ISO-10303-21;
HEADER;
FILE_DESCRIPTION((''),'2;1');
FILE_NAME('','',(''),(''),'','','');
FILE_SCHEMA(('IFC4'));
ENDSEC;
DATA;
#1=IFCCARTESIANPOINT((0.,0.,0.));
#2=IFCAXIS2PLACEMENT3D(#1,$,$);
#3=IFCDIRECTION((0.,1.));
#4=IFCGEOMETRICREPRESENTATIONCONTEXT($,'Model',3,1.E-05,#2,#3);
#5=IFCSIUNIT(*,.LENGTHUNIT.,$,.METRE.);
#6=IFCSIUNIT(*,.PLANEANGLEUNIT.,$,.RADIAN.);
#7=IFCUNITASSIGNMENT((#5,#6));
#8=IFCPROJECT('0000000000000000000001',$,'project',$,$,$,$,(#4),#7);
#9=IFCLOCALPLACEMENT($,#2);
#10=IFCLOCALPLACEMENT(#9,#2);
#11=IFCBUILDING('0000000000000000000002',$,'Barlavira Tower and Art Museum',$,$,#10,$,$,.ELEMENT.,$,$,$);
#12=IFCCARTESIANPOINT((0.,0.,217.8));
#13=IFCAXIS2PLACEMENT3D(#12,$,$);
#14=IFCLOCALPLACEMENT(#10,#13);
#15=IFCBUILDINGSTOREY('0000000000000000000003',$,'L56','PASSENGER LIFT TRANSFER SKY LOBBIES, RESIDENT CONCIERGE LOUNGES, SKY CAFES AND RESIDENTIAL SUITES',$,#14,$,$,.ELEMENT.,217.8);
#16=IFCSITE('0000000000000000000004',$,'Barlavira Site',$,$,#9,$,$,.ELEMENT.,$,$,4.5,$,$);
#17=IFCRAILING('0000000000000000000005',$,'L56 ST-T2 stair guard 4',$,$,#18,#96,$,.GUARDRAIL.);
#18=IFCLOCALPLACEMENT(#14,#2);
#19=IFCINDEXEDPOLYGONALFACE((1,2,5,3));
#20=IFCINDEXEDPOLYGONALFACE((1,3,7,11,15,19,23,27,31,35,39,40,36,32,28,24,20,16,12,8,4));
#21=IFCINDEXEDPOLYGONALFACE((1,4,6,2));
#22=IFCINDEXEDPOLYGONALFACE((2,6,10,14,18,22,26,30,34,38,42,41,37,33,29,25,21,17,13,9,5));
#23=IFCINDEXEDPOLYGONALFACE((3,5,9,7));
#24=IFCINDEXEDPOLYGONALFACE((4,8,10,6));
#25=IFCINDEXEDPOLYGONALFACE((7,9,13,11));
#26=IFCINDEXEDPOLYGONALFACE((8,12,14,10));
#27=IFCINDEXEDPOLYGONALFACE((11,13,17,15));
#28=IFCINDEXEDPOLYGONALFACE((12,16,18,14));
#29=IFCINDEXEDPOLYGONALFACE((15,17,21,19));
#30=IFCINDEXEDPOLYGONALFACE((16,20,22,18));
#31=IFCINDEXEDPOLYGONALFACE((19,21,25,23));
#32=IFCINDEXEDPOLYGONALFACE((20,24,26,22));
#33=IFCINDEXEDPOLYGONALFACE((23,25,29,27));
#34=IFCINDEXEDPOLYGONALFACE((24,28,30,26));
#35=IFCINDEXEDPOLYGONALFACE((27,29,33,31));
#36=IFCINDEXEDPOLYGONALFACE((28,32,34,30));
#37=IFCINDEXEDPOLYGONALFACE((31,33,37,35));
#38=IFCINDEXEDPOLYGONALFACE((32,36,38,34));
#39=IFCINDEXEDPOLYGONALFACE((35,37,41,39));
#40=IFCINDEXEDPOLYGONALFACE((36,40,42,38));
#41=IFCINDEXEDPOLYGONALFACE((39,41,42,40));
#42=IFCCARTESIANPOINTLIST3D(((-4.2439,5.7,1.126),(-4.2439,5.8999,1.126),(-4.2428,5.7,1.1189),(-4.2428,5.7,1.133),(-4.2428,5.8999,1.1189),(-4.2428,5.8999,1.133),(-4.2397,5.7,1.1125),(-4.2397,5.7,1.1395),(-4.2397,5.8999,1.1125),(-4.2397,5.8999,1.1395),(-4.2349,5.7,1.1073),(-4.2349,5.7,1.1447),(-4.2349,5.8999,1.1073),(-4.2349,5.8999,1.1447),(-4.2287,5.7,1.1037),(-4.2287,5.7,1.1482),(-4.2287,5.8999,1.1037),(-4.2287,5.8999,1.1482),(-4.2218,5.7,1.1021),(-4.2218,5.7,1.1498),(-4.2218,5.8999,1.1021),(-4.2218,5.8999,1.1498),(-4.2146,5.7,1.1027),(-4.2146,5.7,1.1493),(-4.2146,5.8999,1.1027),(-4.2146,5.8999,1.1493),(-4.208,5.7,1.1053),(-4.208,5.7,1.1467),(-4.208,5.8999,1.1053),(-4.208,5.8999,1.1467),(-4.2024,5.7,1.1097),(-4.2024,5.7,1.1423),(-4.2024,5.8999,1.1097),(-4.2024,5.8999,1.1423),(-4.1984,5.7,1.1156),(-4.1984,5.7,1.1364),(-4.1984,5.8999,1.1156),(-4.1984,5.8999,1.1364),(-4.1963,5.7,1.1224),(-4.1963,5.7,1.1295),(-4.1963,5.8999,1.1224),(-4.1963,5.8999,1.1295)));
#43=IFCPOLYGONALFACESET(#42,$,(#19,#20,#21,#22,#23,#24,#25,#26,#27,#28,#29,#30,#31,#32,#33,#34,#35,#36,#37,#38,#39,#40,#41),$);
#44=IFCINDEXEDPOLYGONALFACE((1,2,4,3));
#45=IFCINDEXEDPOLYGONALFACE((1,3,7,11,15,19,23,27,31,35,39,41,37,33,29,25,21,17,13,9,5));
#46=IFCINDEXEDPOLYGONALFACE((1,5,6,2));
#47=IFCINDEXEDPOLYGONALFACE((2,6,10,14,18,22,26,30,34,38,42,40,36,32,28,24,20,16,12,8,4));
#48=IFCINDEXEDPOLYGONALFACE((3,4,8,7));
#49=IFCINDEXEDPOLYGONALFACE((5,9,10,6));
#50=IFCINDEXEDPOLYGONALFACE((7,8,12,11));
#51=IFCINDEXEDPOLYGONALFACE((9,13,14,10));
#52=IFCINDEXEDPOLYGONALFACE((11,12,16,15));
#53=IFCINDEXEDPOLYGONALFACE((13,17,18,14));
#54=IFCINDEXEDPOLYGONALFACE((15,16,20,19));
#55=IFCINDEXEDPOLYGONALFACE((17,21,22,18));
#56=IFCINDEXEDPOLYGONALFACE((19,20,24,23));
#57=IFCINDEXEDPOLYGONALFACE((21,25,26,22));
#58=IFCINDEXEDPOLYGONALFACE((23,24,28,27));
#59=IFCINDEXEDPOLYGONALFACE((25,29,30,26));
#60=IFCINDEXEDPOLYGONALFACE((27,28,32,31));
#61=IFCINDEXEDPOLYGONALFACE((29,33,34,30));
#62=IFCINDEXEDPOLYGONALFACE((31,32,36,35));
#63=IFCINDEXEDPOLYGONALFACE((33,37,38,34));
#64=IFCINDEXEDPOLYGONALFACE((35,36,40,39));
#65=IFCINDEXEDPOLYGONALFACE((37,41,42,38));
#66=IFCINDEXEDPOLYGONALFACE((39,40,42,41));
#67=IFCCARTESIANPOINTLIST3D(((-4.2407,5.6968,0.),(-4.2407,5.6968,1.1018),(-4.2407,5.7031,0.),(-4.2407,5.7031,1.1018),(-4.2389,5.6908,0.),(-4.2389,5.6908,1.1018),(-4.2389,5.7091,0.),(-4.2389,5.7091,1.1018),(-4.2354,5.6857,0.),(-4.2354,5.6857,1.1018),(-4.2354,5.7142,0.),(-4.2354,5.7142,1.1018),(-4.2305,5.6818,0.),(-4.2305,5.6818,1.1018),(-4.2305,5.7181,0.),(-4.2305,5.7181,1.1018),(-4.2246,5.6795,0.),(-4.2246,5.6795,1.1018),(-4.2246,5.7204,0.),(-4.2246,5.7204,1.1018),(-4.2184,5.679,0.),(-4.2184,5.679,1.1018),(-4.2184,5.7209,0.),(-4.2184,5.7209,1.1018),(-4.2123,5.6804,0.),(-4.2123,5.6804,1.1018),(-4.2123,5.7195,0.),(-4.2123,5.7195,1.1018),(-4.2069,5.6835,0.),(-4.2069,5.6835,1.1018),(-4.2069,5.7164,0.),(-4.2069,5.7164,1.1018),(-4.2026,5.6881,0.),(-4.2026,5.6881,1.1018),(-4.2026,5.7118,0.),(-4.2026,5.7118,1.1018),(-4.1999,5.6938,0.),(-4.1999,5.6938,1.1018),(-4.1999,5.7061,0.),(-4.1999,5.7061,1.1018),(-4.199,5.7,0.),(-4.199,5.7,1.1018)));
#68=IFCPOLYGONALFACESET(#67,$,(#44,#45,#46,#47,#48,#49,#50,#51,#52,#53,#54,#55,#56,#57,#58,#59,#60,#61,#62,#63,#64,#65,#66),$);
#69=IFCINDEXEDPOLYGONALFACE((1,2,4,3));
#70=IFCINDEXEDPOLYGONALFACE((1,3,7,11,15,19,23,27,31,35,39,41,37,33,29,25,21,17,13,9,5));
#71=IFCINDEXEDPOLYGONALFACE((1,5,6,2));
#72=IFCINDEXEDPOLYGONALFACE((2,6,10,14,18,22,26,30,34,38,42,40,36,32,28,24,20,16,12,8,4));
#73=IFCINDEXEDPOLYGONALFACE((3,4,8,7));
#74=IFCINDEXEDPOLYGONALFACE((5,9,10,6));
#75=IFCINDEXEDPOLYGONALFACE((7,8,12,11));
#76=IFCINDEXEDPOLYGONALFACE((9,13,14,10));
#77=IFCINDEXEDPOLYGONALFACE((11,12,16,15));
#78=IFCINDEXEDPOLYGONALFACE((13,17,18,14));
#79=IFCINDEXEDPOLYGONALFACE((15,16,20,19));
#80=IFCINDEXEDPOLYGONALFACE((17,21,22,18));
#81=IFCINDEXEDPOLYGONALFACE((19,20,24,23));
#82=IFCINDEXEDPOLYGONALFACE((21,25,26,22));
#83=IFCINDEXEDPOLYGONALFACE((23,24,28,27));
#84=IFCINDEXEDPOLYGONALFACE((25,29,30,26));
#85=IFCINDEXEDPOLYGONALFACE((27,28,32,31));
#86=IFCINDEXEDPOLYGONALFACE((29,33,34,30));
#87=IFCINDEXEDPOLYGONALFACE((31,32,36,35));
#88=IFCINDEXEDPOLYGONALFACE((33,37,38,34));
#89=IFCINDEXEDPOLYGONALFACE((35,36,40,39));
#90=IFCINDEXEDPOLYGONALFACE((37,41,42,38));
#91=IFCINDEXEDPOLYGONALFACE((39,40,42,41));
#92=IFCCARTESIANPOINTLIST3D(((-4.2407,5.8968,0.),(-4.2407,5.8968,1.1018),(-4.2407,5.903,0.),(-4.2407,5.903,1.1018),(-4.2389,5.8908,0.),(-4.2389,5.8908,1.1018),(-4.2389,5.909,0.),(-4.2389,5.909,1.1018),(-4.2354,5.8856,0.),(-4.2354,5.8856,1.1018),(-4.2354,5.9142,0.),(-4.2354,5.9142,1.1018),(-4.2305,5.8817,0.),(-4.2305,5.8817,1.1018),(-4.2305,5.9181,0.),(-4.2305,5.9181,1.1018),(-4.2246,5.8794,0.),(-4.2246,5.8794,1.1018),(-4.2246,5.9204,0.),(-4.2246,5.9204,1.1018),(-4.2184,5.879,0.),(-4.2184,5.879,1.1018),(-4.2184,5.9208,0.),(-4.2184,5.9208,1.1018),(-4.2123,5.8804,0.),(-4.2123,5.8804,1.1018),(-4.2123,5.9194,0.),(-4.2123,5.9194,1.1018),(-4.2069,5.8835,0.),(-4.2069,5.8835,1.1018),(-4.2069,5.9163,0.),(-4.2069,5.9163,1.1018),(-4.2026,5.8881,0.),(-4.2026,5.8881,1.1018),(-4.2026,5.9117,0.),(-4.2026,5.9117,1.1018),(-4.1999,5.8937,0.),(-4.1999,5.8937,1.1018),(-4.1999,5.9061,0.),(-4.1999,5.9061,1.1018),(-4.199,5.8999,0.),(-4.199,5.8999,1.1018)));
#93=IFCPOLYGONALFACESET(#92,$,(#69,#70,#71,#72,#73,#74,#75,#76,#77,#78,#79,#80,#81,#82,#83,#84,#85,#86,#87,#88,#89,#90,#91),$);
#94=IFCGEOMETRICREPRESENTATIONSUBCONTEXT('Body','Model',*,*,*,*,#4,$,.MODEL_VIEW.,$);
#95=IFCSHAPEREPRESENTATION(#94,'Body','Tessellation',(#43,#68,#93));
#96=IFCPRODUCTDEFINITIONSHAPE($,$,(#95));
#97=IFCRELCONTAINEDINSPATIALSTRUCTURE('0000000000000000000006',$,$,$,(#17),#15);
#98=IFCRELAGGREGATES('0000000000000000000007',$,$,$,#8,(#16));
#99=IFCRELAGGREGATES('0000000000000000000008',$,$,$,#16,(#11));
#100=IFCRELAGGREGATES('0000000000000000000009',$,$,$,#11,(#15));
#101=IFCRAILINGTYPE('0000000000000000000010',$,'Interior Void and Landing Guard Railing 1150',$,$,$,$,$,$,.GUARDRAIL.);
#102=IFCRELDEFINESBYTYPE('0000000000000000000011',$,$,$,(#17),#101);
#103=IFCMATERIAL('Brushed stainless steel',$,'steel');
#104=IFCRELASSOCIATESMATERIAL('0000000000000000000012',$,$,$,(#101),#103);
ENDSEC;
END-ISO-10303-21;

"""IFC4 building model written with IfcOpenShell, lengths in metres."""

from ifc_helpers import new_model, si_unit, direction, frame, origin, origin_2d, place, context, subcontext, project, spatial, circle, extrude, material, type_object, element, save


model = new_model("IFC4")

# Units and contexts
model_context = context("Model", 3, precision=1e-05, world=origin(), true_north=direction((0.0, 1.0)))
body_context = subcontext(model_context, "Body", "Model", "MODEL_VIEW")
ifc_project = project(units=[si_unit("LENGTHUNIT", "METRE"), si_unit("PLANEANGLEUNIT", "RADIAN")], contexts=[model_context])

# Site, building, storey
site_placement = place(None, origin())
site = spatial("IfcSite", under=ifc_project, at=site_placement, Name="Barlavira Site", CompositionType="ELEMENT", RefElevation=4.5)
building_placement = place(site_placement, origin())
building = spatial("IfcBuilding", under=site, at=building_placement, Name="Barlavira Tower and Art Museum", CompositionType="ELEMENT")
storey_placement = place(building_placement, frame((0.0, 0.0, 217.8)))
storey = spatial("IfcBuildingStorey", under=building, at=storey_placement, Name="L56", Description="PASSENGER LIFT TRANSFER SKY LOBBIES, RESIDENT CONCIERGE LOUNGES, SKY CAFES AND RESIDENTIAL SUITES", CompositionType="ELEMENT", Elevation=217.8)

# Shared definitions
ifc_material_1 = material(Name="Brushed stainless steel", Category="steel")

# Railing
railing_type_1 = type_object("IfcRailingType", Name="Interior Void and Landing Guard Railing 1150", PredefinedType="GUARDRAIL", material=ifc_material_1)
railing_1_placement = place(storey_placement, frame((-4.22, 5.7, 0.0)))
element("IfcRailing", 1, at=railing_1_placement, inside=storey, type_object=railing_type_1, Name="L56 ST-T2 stair guard 4", PredefinedType="GUARDRAIL", context=body_context, shape_type="SweptSolid", body=[
    extrude(circle(Radius=0.0239, at=origin_2d()), frame((0.0, 0.0, 1.126), z_axis=(0.0, 1.0, 0.0), x_axis=(-1.0, 0.0, 0.0)), (0.0, 0.0, 1.0), 0.2),
    extrude(circle(Radius=0.021, at=origin_2d()), origin(), (0.0, 0.0, 1.0), 1.1018),
    extrude(circle(Radius=0.021, at=origin_2d()), frame((0.0, 0.2, 0.0)), (0.0, 0.0, 1.0), 1.1018),
])

save(model, "model.ifc")
